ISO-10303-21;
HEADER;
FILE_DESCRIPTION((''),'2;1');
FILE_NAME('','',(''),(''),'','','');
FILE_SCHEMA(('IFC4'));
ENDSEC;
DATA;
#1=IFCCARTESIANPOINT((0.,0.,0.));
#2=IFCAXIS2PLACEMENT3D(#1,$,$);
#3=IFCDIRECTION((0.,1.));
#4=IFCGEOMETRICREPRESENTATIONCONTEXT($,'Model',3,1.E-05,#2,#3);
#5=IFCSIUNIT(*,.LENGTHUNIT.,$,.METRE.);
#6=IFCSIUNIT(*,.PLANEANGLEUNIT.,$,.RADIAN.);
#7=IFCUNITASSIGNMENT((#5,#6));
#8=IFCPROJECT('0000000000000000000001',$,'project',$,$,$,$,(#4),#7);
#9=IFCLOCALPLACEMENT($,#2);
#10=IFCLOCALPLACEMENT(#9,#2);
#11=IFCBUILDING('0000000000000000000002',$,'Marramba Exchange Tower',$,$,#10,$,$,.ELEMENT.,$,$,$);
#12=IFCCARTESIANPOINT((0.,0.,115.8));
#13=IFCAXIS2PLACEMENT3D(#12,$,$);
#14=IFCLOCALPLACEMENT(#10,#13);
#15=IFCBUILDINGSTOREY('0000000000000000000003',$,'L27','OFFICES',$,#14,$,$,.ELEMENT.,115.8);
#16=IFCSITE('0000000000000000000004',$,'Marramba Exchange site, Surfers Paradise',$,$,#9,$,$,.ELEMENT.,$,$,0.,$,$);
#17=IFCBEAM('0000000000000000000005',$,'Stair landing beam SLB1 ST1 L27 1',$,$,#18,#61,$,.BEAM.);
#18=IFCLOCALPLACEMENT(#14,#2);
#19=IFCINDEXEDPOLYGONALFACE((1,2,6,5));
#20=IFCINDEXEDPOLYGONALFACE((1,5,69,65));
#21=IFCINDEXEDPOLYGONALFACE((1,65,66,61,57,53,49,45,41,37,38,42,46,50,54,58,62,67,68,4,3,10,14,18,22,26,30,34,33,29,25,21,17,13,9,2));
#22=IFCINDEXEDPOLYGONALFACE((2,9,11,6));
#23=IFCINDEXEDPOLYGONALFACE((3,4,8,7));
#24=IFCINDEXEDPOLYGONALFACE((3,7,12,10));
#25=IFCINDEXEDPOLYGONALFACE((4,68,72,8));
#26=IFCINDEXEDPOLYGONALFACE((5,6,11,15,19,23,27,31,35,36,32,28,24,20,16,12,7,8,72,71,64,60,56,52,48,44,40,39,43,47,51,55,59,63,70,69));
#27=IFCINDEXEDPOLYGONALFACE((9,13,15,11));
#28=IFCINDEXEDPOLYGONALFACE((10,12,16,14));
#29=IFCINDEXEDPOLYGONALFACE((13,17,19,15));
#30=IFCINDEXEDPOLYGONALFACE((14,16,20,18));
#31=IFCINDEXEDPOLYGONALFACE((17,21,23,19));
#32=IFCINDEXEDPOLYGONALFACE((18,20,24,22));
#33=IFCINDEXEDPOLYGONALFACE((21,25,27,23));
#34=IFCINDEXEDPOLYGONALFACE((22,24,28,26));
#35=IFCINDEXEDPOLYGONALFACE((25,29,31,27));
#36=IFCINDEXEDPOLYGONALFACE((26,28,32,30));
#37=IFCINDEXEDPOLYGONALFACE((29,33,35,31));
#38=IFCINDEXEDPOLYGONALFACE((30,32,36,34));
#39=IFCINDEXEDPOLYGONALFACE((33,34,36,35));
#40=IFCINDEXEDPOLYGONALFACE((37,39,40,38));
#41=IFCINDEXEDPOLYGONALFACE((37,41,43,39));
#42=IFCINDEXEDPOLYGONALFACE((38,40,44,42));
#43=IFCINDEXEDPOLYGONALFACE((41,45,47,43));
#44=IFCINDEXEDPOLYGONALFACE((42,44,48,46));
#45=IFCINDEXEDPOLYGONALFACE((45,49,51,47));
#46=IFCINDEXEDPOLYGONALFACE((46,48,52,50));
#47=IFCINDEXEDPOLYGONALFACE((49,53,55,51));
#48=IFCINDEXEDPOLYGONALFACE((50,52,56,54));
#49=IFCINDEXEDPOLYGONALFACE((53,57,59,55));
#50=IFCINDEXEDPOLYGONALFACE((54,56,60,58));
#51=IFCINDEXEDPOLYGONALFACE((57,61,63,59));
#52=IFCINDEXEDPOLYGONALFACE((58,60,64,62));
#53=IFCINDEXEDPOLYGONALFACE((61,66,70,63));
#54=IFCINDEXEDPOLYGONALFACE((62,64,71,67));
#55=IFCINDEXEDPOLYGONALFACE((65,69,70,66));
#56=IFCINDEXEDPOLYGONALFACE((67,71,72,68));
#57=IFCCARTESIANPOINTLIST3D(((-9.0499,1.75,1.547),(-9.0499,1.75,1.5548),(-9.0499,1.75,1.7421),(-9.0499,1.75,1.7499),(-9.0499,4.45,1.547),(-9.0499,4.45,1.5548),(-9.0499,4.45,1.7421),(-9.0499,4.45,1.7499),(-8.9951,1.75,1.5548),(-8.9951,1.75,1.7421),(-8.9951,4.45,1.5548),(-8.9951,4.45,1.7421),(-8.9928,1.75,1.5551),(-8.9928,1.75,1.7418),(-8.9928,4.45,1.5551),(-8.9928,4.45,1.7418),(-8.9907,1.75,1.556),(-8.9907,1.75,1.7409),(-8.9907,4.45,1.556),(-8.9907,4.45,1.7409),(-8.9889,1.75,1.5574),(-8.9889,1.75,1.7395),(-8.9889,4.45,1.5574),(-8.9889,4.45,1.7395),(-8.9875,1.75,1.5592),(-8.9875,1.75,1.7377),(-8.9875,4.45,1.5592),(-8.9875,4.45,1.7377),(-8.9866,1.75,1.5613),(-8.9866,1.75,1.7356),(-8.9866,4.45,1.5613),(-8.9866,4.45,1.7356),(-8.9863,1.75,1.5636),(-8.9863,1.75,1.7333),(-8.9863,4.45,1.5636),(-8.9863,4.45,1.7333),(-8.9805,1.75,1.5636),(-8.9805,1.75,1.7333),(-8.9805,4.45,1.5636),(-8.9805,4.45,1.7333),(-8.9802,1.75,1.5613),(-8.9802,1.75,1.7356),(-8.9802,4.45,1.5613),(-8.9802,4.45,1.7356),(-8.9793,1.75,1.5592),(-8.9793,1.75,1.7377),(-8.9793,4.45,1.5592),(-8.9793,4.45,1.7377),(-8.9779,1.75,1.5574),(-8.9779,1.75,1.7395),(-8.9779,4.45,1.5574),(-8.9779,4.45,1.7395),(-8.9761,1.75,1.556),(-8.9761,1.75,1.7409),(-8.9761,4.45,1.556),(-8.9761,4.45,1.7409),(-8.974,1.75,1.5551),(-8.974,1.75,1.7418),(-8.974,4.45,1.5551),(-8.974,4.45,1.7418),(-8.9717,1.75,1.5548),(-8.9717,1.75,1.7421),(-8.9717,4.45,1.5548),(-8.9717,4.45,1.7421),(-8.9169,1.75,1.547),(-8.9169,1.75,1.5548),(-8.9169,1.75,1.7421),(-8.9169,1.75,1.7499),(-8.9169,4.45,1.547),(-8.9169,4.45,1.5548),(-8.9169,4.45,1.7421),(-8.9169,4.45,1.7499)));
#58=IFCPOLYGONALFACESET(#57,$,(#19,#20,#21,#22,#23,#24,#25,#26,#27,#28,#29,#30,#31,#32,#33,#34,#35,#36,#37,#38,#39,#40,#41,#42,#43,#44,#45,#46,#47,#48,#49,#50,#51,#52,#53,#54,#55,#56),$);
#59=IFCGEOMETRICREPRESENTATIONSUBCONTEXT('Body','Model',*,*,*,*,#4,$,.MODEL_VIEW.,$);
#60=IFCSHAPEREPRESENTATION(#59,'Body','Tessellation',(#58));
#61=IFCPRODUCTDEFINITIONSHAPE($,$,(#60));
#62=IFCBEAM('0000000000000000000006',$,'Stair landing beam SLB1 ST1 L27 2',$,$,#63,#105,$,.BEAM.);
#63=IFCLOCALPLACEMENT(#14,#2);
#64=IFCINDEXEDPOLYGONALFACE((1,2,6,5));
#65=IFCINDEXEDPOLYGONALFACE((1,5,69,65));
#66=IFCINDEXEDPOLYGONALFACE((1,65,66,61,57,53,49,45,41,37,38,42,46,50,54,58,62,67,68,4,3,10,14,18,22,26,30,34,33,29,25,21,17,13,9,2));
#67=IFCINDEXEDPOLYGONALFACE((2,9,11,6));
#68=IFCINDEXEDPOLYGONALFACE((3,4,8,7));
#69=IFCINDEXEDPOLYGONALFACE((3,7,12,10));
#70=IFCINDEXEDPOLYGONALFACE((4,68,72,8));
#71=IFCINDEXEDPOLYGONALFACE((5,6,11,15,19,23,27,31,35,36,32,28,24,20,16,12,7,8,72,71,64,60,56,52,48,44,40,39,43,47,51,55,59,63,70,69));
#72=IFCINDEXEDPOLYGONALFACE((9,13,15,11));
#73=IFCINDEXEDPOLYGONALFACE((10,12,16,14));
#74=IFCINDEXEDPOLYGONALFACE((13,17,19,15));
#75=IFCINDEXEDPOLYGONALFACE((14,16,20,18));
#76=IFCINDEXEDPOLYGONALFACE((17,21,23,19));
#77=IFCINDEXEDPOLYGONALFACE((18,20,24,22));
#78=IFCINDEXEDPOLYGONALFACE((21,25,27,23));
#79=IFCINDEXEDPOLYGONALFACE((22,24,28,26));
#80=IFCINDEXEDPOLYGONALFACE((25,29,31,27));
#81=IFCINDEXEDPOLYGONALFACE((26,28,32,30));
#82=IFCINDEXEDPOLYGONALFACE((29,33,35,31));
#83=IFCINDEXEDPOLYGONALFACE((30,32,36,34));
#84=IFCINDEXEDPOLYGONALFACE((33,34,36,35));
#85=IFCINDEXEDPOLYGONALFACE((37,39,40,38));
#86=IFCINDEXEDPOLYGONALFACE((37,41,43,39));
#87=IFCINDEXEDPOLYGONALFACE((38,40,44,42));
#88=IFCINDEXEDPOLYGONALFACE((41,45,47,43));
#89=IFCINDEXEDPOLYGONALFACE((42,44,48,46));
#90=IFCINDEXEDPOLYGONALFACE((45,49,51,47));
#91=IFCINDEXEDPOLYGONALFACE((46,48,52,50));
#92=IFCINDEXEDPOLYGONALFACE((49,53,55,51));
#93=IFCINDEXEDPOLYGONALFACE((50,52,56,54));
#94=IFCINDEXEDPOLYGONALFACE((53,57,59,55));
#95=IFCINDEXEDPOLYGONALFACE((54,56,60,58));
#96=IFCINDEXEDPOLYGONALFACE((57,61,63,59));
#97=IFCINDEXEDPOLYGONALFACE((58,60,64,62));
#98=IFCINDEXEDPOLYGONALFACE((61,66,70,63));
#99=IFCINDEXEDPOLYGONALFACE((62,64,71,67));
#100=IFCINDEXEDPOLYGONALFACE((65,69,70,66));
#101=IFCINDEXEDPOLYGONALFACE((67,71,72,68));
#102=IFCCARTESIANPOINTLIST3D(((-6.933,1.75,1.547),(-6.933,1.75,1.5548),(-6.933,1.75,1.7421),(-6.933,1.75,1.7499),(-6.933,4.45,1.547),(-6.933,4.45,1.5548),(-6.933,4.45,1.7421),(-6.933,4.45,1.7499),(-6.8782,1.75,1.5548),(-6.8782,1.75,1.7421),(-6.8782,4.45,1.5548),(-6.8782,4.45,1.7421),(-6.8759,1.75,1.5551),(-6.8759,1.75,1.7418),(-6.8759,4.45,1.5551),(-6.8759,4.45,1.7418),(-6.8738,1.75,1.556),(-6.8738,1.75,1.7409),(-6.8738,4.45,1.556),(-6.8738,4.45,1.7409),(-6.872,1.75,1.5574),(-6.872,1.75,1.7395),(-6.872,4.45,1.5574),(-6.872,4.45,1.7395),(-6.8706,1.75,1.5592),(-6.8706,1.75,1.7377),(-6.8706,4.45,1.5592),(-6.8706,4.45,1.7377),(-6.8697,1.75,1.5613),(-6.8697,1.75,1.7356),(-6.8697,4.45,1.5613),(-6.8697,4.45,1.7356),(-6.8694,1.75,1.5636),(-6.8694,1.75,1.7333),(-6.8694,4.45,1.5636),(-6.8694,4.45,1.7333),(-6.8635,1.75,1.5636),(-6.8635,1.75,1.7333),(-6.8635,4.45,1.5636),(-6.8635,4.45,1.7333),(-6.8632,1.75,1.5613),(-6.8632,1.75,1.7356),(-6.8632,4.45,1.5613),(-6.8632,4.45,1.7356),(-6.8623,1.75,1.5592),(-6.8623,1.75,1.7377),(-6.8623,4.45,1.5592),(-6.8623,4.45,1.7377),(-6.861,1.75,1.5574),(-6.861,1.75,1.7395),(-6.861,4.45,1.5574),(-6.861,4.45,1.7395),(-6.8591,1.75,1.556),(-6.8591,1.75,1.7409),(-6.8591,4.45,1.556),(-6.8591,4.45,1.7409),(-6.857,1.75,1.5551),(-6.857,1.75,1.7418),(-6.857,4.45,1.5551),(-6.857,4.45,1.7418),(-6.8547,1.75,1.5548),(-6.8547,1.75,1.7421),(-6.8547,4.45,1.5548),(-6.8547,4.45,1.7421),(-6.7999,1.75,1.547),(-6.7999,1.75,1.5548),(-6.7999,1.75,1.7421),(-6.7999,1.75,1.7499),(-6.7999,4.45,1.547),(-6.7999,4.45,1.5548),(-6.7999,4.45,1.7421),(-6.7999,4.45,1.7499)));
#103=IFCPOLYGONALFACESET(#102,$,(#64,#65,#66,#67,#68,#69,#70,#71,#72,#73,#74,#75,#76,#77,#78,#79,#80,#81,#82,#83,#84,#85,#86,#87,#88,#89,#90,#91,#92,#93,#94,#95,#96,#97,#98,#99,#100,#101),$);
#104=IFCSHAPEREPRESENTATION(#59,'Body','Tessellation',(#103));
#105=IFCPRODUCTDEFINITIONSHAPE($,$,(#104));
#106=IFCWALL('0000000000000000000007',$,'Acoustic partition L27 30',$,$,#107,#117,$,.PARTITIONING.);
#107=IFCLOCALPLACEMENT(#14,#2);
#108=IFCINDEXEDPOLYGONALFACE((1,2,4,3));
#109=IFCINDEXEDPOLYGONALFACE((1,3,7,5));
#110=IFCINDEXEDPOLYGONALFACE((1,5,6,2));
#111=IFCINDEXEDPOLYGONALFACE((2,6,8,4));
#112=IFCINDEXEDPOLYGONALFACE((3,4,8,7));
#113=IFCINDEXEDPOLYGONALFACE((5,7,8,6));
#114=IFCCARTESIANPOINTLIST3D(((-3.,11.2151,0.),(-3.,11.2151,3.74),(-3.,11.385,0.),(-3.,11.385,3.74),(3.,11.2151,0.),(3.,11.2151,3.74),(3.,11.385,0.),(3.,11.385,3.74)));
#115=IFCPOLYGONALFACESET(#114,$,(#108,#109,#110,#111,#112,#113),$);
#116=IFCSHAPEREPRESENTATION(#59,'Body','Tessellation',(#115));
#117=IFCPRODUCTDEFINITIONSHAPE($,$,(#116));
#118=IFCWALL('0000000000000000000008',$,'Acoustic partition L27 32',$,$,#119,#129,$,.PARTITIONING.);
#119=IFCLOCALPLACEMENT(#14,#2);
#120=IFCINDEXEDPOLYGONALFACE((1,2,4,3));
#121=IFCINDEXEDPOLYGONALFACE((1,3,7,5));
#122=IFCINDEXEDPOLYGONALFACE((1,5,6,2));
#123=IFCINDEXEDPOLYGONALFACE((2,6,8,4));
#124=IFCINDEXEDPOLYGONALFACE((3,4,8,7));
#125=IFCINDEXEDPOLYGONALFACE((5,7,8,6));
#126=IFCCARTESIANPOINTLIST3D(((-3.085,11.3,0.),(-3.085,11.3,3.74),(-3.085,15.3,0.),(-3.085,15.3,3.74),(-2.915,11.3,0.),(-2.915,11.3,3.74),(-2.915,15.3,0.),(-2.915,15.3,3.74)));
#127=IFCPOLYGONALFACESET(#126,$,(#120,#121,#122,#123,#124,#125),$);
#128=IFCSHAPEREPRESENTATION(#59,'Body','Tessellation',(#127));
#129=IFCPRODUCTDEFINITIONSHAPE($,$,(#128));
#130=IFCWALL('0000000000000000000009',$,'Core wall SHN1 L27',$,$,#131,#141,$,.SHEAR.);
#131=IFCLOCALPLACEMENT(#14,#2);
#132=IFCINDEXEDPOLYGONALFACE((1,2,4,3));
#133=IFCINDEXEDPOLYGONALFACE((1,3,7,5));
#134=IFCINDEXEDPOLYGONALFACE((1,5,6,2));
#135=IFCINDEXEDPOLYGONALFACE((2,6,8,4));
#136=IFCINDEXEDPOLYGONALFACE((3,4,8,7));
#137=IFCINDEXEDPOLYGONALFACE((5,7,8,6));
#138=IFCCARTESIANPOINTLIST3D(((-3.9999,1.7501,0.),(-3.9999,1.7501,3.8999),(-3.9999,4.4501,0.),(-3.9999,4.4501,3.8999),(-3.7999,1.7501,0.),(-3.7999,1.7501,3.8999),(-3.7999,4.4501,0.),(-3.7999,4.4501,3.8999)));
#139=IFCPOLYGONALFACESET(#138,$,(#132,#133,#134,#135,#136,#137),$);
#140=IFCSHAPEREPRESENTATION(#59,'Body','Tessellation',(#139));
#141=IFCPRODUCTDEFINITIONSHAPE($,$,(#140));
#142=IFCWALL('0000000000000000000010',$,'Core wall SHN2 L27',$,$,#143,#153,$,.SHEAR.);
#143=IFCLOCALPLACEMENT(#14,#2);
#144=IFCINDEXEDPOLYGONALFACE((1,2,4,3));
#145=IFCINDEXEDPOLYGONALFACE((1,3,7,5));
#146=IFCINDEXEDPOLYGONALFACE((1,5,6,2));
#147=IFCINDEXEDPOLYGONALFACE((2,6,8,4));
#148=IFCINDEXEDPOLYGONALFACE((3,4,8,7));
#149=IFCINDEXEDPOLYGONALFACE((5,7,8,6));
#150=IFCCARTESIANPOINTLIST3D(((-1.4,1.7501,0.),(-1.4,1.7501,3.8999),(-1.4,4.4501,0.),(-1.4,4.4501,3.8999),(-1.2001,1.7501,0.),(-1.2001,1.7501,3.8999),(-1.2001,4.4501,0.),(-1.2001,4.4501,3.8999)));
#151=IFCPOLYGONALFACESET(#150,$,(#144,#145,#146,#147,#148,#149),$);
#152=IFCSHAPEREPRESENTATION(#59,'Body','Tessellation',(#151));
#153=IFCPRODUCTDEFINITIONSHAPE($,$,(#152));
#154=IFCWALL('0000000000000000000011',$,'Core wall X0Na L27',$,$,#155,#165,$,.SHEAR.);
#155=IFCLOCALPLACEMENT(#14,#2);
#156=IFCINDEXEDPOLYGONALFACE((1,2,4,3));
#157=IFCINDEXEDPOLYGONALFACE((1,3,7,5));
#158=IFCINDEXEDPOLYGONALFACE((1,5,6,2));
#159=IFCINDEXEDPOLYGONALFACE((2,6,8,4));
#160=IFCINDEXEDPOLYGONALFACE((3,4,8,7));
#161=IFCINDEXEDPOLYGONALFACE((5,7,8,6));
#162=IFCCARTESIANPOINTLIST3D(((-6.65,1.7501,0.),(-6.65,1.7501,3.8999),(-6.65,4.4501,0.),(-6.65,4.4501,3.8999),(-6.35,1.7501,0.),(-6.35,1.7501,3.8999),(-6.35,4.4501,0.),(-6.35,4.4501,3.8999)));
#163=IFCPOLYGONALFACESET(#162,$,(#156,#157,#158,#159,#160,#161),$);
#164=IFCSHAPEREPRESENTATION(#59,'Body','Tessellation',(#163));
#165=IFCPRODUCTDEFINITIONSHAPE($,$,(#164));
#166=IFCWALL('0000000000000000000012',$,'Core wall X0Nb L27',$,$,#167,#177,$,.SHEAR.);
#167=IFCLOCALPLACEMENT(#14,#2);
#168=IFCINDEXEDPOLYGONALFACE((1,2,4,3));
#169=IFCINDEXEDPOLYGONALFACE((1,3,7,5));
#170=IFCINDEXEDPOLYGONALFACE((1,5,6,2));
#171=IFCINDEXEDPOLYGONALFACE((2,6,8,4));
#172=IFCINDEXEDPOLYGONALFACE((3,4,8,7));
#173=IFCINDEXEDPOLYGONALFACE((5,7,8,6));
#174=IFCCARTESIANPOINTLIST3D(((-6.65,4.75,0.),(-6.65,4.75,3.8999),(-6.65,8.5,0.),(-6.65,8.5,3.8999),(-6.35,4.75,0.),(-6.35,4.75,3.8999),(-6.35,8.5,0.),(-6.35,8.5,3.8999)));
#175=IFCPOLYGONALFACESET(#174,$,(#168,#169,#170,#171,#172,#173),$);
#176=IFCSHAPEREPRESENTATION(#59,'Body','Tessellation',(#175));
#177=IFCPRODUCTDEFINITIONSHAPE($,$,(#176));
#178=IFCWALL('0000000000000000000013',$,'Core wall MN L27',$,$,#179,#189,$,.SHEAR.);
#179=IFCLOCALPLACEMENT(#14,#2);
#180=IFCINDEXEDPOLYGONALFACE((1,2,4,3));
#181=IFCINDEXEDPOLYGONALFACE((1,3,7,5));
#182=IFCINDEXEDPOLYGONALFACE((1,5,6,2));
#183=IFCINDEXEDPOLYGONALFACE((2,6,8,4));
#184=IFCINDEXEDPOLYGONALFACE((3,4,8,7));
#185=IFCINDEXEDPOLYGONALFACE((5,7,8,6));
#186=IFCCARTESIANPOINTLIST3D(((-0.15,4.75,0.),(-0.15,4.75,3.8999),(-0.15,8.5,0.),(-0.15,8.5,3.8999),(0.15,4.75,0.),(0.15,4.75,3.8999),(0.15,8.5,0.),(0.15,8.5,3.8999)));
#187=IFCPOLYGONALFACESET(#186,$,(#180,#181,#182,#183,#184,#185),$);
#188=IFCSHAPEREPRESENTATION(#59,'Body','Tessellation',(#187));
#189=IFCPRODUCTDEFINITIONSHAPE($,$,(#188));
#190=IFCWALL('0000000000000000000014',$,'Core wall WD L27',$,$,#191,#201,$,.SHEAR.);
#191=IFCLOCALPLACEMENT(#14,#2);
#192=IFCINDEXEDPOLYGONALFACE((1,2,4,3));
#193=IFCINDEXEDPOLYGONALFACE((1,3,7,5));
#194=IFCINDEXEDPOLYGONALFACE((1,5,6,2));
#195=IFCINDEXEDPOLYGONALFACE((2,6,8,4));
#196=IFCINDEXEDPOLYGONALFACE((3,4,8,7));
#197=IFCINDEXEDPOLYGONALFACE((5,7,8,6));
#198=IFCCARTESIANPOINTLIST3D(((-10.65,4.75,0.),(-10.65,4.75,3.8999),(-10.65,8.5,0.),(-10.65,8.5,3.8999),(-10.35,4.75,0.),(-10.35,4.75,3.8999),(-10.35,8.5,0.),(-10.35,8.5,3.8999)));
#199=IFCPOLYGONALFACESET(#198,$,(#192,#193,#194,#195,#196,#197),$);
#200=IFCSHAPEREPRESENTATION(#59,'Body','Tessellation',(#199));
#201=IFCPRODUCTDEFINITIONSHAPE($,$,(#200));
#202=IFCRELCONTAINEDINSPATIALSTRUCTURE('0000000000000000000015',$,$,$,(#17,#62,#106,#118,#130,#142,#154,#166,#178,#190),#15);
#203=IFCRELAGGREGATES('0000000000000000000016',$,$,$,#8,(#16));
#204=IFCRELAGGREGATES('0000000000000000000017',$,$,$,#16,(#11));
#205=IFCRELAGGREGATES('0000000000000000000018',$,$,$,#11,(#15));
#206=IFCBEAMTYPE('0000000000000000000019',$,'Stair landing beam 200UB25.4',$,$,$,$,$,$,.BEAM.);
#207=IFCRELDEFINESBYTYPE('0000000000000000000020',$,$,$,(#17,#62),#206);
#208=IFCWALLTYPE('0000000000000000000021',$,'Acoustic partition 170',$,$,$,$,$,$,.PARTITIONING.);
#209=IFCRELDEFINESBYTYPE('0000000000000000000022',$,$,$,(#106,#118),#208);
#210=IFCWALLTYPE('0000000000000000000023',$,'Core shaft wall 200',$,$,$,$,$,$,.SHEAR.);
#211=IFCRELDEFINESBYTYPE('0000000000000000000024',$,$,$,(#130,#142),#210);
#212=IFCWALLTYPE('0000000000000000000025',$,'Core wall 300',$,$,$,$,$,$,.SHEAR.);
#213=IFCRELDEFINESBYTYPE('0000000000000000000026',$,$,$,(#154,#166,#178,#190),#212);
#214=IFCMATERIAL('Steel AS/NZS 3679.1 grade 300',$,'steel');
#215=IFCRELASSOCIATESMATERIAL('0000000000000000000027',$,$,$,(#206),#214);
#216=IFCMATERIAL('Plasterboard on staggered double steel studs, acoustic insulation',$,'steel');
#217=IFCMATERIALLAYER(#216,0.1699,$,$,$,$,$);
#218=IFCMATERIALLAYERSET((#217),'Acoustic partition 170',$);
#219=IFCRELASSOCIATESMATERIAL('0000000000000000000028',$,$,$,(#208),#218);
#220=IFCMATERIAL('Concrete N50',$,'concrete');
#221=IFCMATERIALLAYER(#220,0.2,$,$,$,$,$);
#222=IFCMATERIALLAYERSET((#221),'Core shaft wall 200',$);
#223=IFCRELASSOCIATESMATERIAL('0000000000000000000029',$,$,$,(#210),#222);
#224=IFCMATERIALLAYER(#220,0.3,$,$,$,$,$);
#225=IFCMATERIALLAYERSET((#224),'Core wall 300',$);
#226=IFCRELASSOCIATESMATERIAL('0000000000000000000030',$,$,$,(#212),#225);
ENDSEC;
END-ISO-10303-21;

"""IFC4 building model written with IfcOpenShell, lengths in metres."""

from ifc_helpers import new_model, si_unit, direction, frame, frame_2d, origin, origin_2d, place, context, subcontext, project, spatial, rectangle, i_section, extrude, material, layer, layer_set, material_profile, profile_set, type_object, element, save


model = new_model("IFC4")

# Units and contexts
model_context = context("Model", 3, precision=1e-05, world=origin(), true_north=direction((0.0, 1.0)))
body_context = subcontext(model_context, "Body", "Model", "MODEL_VIEW")
ifc_project = project(units=[si_unit("LENGTHUNIT", "METRE"), si_unit("PLANEANGLEUNIT", "RADIAN")], contexts=[model_context])

# Site, building, storey
site_placement = place(None, origin())
site = spatial("IfcSite", under=ifc_project, at=site_placement, Name="Marramba Exchange site, Surfers Paradise", CompositionType="ELEMENT", RefElevation=0.0)
building_placement = place(site_placement, origin())
building = spatial("IfcBuilding", under=site, at=building_placement, Name="Marramba Exchange Tower", CompositionType="ELEMENT")
storey_placement = place(building_placement, frame((0.0, 0.0, 115.8)))
storey = spatial("IfcBuildingStorey", under=building, at=storey_placement, Name="L27", Description="OFFICES", CompositionType="ELEMENT", Elevation=115.8)

# Shared definitions
ifc_material_1 = material(Name="Concrete N50", Category="concrete")

# Beams
ifc_material_2 = material(Name="Steel AS/NZS 3679.1 grade 300", Category="steel")
ifc_material_profile_1 = material_profile(ifc_material_2, i_section(OverallWidth=0.1331, OverallDepth=0.2029, WebThickness=0.0059, FlangeThickness=0.0078, FilletRadius=0.0088, at=origin_2d()), Name="200UB25.4")
ifc_profile_set_1 = profile_set([ifc_material_profile_1], Name="Steel AS/NZS 3679.1 grade 300")
beam_type_1 = type_object("IfcBeamType", Name="Stair landing beam 200UB25.4", PredefinedType="BEAM", material=ifc_profile_set_1)
for number, where, z_axis, x_axis, name in (
    (1, (-8.9834, 1.75, 1.6484), (0.0, 1.0, 0.0), (-1.0, 0.0, 0.0), "Stair landing beam SLB1 ST1 L27 1"),
    (2, (-6.8665, 1.75, 1.6484), (0.0, 1.0, 0.0), (-1.0, 0.0, 0.0), "Stair landing beam SLB1 ST1 L27 2"),
):
    element("IfcBeam", number, at=place(storey_placement, frame(where, z_axis=z_axis, x_axis=x_axis)), inside=storey, type_object=beam_type_1, Name=name, PredefinedType="BEAM", context=body_context, shape_type="SweptSolid", body=[
        extrude(i_section(OverallWidth=0.1331, OverallDepth=0.2029, WebThickness=0.0059, FlangeThickness=0.0078, FilletRadius=0.0088, at=origin_2d()), origin(), (0.0, 0.0, 1.0), 2.7),
    ])

# Walls
ifc_material_3 = material(Name="Plasterboard on staggered double steel studs, acoustic insulation", Category="steel")
ifc_layer_1 = layer(ifc_material_3, 0.1699)
ifc_layer_set_1 = layer_set([ifc_layer_1], Name="Acoustic partition 170")
wall_type_1 = type_object("IfcWallType", Name="Acoustic partition 170", PredefinedType="PARTITIONING", material=ifc_layer_set_1)
wall_1_placement = place(storey_placement, frame((-3.0, 11.3, 0.0), z_axis=(0.0, 0.0, 1.0), x_axis=(1.0, 0.0, 0.0)))
element("IfcWall", 3, at=wall_1_placement, inside=storey, type_object=wall_type_1, Name="Acoustic partition L27 30", PredefinedType="PARTITIONING", context=body_context, shape_type="SweptSolid", body=[
    extrude(rectangle(XDim=6.0, YDim=0.1699, at=frame_2d((3.0, 0.0))), origin(), (0.0, 0.0, 1.0), 3.74),
])
wall_2_placement = place(storey_placement, frame((-3.0, 15.3, 0.0), z_axis=(0.0, 0.0, 1.0), x_axis=(0.0, -1.0, 0.0)))
element("IfcWall", 4, at=wall_2_placement, inside=storey, type_object=wall_type_1, Name="Acoustic partition L27 32", PredefinedType="PARTITIONING", context=body_context, shape_type="SweptSolid", body=[
    extrude(rectangle(XDim=4.0, YDim=0.1699, at=frame_2d((2.0, 0.0))), origin(), (0.0, 0.0, 1.0), 3.74),
])
ifc_layer_2 = layer(ifc_material_1, 0.2)
ifc_layer_set_2 = layer_set([ifc_layer_2], Name="Core shaft wall 200")
wall_type_2 = type_object("IfcWallType", Name="Core shaft wall 200", PredefinedType="SHEAR", material=ifc_layer_set_2)
for number, where, z_axis, x_axis, name in (
    (5, (-3.8999, 1.75, 0.0), (0.0, 0.0, 1.0), (0.0, 1.0, 0.0), "Core wall SHN1 L27"),
    (6, (-1.3, 1.75, 0.0), (0.0, 0.0, 1.0), (0.0, 1.0, 0.0), "Core wall SHN2 L27"),
):
    element("IfcWall", number, at=place(storey_placement, frame(where, z_axis=z_axis, x_axis=x_axis)), inside=storey, type_object=wall_type_2, Name=name, PredefinedType="SHEAR", context=body_context, shape_type="SweptSolid", body=[
        extrude(rectangle(XDim=2.7, YDim=0.2, at=frame_2d((1.3501, 0.0))), origin(), (0.0, 0.0, 1.0), 3.8999),
    ])
ifc_layer_3 = layer(ifc_material_1, 0.3)
ifc_layer_set_3 = layer_set([ifc_layer_3], Name="Core wall 300")
wall_type_3 = type_object("IfcWallType", Name="Core wall 300", PredefinedType="SHEAR", material=ifc_layer_set_3)
wall_3_placement = place(storey_placement, frame((-6.5, 1.75, 0.0), z_axis=(0.0, 0.0, 1.0), x_axis=(0.0, 1.0, 0.0)))
element("IfcWall", 7, at=wall_3_placement, inside=storey, type_object=wall_type_3, Name="Core wall X0Na L27", PredefinedType="SHEAR", context=body_context, shape_type="SweptSolid", body=[
    extrude(rectangle(XDim=2.7, YDim=0.3, at=frame_2d((1.3501, 0.0))), origin(), (0.0, 0.0, 1.0), 3.8999),
])
for number, where, z_axis, x_axis, name in (
    (8, (-6.5, 4.75, 0.0), (0.0, 0.0, 1.0), (0.0, 1.0, 0.0), "Core wall X0Nb L27"),
    (9, (0.0, 4.75, 0.0), (0.0, 0.0, 1.0), (0.0, 1.0, 0.0), "Core wall MN L27"),
    (10, (-10.5, 4.75, 0.0), (0.0, 0.0, 1.0), (0.0, 1.0, 0.0), "Core wall WD L27"),
):
    element("IfcWall", number, at=place(storey_placement, frame(where, z_axis=z_axis, x_axis=x_axis)), inside=storey, type_object=wall_type_3, Name=name, PredefinedType="SHEAR", context=body_context, shape_type="SweptSolid", body=[
        extrude(rectangle(XDim=3.75, YDim=0.3, at=frame_2d((1.875, 0.0))), origin(), (0.0, 0.0, 1.0), 3.8999),
    ])

save(model, "model.ifc")
